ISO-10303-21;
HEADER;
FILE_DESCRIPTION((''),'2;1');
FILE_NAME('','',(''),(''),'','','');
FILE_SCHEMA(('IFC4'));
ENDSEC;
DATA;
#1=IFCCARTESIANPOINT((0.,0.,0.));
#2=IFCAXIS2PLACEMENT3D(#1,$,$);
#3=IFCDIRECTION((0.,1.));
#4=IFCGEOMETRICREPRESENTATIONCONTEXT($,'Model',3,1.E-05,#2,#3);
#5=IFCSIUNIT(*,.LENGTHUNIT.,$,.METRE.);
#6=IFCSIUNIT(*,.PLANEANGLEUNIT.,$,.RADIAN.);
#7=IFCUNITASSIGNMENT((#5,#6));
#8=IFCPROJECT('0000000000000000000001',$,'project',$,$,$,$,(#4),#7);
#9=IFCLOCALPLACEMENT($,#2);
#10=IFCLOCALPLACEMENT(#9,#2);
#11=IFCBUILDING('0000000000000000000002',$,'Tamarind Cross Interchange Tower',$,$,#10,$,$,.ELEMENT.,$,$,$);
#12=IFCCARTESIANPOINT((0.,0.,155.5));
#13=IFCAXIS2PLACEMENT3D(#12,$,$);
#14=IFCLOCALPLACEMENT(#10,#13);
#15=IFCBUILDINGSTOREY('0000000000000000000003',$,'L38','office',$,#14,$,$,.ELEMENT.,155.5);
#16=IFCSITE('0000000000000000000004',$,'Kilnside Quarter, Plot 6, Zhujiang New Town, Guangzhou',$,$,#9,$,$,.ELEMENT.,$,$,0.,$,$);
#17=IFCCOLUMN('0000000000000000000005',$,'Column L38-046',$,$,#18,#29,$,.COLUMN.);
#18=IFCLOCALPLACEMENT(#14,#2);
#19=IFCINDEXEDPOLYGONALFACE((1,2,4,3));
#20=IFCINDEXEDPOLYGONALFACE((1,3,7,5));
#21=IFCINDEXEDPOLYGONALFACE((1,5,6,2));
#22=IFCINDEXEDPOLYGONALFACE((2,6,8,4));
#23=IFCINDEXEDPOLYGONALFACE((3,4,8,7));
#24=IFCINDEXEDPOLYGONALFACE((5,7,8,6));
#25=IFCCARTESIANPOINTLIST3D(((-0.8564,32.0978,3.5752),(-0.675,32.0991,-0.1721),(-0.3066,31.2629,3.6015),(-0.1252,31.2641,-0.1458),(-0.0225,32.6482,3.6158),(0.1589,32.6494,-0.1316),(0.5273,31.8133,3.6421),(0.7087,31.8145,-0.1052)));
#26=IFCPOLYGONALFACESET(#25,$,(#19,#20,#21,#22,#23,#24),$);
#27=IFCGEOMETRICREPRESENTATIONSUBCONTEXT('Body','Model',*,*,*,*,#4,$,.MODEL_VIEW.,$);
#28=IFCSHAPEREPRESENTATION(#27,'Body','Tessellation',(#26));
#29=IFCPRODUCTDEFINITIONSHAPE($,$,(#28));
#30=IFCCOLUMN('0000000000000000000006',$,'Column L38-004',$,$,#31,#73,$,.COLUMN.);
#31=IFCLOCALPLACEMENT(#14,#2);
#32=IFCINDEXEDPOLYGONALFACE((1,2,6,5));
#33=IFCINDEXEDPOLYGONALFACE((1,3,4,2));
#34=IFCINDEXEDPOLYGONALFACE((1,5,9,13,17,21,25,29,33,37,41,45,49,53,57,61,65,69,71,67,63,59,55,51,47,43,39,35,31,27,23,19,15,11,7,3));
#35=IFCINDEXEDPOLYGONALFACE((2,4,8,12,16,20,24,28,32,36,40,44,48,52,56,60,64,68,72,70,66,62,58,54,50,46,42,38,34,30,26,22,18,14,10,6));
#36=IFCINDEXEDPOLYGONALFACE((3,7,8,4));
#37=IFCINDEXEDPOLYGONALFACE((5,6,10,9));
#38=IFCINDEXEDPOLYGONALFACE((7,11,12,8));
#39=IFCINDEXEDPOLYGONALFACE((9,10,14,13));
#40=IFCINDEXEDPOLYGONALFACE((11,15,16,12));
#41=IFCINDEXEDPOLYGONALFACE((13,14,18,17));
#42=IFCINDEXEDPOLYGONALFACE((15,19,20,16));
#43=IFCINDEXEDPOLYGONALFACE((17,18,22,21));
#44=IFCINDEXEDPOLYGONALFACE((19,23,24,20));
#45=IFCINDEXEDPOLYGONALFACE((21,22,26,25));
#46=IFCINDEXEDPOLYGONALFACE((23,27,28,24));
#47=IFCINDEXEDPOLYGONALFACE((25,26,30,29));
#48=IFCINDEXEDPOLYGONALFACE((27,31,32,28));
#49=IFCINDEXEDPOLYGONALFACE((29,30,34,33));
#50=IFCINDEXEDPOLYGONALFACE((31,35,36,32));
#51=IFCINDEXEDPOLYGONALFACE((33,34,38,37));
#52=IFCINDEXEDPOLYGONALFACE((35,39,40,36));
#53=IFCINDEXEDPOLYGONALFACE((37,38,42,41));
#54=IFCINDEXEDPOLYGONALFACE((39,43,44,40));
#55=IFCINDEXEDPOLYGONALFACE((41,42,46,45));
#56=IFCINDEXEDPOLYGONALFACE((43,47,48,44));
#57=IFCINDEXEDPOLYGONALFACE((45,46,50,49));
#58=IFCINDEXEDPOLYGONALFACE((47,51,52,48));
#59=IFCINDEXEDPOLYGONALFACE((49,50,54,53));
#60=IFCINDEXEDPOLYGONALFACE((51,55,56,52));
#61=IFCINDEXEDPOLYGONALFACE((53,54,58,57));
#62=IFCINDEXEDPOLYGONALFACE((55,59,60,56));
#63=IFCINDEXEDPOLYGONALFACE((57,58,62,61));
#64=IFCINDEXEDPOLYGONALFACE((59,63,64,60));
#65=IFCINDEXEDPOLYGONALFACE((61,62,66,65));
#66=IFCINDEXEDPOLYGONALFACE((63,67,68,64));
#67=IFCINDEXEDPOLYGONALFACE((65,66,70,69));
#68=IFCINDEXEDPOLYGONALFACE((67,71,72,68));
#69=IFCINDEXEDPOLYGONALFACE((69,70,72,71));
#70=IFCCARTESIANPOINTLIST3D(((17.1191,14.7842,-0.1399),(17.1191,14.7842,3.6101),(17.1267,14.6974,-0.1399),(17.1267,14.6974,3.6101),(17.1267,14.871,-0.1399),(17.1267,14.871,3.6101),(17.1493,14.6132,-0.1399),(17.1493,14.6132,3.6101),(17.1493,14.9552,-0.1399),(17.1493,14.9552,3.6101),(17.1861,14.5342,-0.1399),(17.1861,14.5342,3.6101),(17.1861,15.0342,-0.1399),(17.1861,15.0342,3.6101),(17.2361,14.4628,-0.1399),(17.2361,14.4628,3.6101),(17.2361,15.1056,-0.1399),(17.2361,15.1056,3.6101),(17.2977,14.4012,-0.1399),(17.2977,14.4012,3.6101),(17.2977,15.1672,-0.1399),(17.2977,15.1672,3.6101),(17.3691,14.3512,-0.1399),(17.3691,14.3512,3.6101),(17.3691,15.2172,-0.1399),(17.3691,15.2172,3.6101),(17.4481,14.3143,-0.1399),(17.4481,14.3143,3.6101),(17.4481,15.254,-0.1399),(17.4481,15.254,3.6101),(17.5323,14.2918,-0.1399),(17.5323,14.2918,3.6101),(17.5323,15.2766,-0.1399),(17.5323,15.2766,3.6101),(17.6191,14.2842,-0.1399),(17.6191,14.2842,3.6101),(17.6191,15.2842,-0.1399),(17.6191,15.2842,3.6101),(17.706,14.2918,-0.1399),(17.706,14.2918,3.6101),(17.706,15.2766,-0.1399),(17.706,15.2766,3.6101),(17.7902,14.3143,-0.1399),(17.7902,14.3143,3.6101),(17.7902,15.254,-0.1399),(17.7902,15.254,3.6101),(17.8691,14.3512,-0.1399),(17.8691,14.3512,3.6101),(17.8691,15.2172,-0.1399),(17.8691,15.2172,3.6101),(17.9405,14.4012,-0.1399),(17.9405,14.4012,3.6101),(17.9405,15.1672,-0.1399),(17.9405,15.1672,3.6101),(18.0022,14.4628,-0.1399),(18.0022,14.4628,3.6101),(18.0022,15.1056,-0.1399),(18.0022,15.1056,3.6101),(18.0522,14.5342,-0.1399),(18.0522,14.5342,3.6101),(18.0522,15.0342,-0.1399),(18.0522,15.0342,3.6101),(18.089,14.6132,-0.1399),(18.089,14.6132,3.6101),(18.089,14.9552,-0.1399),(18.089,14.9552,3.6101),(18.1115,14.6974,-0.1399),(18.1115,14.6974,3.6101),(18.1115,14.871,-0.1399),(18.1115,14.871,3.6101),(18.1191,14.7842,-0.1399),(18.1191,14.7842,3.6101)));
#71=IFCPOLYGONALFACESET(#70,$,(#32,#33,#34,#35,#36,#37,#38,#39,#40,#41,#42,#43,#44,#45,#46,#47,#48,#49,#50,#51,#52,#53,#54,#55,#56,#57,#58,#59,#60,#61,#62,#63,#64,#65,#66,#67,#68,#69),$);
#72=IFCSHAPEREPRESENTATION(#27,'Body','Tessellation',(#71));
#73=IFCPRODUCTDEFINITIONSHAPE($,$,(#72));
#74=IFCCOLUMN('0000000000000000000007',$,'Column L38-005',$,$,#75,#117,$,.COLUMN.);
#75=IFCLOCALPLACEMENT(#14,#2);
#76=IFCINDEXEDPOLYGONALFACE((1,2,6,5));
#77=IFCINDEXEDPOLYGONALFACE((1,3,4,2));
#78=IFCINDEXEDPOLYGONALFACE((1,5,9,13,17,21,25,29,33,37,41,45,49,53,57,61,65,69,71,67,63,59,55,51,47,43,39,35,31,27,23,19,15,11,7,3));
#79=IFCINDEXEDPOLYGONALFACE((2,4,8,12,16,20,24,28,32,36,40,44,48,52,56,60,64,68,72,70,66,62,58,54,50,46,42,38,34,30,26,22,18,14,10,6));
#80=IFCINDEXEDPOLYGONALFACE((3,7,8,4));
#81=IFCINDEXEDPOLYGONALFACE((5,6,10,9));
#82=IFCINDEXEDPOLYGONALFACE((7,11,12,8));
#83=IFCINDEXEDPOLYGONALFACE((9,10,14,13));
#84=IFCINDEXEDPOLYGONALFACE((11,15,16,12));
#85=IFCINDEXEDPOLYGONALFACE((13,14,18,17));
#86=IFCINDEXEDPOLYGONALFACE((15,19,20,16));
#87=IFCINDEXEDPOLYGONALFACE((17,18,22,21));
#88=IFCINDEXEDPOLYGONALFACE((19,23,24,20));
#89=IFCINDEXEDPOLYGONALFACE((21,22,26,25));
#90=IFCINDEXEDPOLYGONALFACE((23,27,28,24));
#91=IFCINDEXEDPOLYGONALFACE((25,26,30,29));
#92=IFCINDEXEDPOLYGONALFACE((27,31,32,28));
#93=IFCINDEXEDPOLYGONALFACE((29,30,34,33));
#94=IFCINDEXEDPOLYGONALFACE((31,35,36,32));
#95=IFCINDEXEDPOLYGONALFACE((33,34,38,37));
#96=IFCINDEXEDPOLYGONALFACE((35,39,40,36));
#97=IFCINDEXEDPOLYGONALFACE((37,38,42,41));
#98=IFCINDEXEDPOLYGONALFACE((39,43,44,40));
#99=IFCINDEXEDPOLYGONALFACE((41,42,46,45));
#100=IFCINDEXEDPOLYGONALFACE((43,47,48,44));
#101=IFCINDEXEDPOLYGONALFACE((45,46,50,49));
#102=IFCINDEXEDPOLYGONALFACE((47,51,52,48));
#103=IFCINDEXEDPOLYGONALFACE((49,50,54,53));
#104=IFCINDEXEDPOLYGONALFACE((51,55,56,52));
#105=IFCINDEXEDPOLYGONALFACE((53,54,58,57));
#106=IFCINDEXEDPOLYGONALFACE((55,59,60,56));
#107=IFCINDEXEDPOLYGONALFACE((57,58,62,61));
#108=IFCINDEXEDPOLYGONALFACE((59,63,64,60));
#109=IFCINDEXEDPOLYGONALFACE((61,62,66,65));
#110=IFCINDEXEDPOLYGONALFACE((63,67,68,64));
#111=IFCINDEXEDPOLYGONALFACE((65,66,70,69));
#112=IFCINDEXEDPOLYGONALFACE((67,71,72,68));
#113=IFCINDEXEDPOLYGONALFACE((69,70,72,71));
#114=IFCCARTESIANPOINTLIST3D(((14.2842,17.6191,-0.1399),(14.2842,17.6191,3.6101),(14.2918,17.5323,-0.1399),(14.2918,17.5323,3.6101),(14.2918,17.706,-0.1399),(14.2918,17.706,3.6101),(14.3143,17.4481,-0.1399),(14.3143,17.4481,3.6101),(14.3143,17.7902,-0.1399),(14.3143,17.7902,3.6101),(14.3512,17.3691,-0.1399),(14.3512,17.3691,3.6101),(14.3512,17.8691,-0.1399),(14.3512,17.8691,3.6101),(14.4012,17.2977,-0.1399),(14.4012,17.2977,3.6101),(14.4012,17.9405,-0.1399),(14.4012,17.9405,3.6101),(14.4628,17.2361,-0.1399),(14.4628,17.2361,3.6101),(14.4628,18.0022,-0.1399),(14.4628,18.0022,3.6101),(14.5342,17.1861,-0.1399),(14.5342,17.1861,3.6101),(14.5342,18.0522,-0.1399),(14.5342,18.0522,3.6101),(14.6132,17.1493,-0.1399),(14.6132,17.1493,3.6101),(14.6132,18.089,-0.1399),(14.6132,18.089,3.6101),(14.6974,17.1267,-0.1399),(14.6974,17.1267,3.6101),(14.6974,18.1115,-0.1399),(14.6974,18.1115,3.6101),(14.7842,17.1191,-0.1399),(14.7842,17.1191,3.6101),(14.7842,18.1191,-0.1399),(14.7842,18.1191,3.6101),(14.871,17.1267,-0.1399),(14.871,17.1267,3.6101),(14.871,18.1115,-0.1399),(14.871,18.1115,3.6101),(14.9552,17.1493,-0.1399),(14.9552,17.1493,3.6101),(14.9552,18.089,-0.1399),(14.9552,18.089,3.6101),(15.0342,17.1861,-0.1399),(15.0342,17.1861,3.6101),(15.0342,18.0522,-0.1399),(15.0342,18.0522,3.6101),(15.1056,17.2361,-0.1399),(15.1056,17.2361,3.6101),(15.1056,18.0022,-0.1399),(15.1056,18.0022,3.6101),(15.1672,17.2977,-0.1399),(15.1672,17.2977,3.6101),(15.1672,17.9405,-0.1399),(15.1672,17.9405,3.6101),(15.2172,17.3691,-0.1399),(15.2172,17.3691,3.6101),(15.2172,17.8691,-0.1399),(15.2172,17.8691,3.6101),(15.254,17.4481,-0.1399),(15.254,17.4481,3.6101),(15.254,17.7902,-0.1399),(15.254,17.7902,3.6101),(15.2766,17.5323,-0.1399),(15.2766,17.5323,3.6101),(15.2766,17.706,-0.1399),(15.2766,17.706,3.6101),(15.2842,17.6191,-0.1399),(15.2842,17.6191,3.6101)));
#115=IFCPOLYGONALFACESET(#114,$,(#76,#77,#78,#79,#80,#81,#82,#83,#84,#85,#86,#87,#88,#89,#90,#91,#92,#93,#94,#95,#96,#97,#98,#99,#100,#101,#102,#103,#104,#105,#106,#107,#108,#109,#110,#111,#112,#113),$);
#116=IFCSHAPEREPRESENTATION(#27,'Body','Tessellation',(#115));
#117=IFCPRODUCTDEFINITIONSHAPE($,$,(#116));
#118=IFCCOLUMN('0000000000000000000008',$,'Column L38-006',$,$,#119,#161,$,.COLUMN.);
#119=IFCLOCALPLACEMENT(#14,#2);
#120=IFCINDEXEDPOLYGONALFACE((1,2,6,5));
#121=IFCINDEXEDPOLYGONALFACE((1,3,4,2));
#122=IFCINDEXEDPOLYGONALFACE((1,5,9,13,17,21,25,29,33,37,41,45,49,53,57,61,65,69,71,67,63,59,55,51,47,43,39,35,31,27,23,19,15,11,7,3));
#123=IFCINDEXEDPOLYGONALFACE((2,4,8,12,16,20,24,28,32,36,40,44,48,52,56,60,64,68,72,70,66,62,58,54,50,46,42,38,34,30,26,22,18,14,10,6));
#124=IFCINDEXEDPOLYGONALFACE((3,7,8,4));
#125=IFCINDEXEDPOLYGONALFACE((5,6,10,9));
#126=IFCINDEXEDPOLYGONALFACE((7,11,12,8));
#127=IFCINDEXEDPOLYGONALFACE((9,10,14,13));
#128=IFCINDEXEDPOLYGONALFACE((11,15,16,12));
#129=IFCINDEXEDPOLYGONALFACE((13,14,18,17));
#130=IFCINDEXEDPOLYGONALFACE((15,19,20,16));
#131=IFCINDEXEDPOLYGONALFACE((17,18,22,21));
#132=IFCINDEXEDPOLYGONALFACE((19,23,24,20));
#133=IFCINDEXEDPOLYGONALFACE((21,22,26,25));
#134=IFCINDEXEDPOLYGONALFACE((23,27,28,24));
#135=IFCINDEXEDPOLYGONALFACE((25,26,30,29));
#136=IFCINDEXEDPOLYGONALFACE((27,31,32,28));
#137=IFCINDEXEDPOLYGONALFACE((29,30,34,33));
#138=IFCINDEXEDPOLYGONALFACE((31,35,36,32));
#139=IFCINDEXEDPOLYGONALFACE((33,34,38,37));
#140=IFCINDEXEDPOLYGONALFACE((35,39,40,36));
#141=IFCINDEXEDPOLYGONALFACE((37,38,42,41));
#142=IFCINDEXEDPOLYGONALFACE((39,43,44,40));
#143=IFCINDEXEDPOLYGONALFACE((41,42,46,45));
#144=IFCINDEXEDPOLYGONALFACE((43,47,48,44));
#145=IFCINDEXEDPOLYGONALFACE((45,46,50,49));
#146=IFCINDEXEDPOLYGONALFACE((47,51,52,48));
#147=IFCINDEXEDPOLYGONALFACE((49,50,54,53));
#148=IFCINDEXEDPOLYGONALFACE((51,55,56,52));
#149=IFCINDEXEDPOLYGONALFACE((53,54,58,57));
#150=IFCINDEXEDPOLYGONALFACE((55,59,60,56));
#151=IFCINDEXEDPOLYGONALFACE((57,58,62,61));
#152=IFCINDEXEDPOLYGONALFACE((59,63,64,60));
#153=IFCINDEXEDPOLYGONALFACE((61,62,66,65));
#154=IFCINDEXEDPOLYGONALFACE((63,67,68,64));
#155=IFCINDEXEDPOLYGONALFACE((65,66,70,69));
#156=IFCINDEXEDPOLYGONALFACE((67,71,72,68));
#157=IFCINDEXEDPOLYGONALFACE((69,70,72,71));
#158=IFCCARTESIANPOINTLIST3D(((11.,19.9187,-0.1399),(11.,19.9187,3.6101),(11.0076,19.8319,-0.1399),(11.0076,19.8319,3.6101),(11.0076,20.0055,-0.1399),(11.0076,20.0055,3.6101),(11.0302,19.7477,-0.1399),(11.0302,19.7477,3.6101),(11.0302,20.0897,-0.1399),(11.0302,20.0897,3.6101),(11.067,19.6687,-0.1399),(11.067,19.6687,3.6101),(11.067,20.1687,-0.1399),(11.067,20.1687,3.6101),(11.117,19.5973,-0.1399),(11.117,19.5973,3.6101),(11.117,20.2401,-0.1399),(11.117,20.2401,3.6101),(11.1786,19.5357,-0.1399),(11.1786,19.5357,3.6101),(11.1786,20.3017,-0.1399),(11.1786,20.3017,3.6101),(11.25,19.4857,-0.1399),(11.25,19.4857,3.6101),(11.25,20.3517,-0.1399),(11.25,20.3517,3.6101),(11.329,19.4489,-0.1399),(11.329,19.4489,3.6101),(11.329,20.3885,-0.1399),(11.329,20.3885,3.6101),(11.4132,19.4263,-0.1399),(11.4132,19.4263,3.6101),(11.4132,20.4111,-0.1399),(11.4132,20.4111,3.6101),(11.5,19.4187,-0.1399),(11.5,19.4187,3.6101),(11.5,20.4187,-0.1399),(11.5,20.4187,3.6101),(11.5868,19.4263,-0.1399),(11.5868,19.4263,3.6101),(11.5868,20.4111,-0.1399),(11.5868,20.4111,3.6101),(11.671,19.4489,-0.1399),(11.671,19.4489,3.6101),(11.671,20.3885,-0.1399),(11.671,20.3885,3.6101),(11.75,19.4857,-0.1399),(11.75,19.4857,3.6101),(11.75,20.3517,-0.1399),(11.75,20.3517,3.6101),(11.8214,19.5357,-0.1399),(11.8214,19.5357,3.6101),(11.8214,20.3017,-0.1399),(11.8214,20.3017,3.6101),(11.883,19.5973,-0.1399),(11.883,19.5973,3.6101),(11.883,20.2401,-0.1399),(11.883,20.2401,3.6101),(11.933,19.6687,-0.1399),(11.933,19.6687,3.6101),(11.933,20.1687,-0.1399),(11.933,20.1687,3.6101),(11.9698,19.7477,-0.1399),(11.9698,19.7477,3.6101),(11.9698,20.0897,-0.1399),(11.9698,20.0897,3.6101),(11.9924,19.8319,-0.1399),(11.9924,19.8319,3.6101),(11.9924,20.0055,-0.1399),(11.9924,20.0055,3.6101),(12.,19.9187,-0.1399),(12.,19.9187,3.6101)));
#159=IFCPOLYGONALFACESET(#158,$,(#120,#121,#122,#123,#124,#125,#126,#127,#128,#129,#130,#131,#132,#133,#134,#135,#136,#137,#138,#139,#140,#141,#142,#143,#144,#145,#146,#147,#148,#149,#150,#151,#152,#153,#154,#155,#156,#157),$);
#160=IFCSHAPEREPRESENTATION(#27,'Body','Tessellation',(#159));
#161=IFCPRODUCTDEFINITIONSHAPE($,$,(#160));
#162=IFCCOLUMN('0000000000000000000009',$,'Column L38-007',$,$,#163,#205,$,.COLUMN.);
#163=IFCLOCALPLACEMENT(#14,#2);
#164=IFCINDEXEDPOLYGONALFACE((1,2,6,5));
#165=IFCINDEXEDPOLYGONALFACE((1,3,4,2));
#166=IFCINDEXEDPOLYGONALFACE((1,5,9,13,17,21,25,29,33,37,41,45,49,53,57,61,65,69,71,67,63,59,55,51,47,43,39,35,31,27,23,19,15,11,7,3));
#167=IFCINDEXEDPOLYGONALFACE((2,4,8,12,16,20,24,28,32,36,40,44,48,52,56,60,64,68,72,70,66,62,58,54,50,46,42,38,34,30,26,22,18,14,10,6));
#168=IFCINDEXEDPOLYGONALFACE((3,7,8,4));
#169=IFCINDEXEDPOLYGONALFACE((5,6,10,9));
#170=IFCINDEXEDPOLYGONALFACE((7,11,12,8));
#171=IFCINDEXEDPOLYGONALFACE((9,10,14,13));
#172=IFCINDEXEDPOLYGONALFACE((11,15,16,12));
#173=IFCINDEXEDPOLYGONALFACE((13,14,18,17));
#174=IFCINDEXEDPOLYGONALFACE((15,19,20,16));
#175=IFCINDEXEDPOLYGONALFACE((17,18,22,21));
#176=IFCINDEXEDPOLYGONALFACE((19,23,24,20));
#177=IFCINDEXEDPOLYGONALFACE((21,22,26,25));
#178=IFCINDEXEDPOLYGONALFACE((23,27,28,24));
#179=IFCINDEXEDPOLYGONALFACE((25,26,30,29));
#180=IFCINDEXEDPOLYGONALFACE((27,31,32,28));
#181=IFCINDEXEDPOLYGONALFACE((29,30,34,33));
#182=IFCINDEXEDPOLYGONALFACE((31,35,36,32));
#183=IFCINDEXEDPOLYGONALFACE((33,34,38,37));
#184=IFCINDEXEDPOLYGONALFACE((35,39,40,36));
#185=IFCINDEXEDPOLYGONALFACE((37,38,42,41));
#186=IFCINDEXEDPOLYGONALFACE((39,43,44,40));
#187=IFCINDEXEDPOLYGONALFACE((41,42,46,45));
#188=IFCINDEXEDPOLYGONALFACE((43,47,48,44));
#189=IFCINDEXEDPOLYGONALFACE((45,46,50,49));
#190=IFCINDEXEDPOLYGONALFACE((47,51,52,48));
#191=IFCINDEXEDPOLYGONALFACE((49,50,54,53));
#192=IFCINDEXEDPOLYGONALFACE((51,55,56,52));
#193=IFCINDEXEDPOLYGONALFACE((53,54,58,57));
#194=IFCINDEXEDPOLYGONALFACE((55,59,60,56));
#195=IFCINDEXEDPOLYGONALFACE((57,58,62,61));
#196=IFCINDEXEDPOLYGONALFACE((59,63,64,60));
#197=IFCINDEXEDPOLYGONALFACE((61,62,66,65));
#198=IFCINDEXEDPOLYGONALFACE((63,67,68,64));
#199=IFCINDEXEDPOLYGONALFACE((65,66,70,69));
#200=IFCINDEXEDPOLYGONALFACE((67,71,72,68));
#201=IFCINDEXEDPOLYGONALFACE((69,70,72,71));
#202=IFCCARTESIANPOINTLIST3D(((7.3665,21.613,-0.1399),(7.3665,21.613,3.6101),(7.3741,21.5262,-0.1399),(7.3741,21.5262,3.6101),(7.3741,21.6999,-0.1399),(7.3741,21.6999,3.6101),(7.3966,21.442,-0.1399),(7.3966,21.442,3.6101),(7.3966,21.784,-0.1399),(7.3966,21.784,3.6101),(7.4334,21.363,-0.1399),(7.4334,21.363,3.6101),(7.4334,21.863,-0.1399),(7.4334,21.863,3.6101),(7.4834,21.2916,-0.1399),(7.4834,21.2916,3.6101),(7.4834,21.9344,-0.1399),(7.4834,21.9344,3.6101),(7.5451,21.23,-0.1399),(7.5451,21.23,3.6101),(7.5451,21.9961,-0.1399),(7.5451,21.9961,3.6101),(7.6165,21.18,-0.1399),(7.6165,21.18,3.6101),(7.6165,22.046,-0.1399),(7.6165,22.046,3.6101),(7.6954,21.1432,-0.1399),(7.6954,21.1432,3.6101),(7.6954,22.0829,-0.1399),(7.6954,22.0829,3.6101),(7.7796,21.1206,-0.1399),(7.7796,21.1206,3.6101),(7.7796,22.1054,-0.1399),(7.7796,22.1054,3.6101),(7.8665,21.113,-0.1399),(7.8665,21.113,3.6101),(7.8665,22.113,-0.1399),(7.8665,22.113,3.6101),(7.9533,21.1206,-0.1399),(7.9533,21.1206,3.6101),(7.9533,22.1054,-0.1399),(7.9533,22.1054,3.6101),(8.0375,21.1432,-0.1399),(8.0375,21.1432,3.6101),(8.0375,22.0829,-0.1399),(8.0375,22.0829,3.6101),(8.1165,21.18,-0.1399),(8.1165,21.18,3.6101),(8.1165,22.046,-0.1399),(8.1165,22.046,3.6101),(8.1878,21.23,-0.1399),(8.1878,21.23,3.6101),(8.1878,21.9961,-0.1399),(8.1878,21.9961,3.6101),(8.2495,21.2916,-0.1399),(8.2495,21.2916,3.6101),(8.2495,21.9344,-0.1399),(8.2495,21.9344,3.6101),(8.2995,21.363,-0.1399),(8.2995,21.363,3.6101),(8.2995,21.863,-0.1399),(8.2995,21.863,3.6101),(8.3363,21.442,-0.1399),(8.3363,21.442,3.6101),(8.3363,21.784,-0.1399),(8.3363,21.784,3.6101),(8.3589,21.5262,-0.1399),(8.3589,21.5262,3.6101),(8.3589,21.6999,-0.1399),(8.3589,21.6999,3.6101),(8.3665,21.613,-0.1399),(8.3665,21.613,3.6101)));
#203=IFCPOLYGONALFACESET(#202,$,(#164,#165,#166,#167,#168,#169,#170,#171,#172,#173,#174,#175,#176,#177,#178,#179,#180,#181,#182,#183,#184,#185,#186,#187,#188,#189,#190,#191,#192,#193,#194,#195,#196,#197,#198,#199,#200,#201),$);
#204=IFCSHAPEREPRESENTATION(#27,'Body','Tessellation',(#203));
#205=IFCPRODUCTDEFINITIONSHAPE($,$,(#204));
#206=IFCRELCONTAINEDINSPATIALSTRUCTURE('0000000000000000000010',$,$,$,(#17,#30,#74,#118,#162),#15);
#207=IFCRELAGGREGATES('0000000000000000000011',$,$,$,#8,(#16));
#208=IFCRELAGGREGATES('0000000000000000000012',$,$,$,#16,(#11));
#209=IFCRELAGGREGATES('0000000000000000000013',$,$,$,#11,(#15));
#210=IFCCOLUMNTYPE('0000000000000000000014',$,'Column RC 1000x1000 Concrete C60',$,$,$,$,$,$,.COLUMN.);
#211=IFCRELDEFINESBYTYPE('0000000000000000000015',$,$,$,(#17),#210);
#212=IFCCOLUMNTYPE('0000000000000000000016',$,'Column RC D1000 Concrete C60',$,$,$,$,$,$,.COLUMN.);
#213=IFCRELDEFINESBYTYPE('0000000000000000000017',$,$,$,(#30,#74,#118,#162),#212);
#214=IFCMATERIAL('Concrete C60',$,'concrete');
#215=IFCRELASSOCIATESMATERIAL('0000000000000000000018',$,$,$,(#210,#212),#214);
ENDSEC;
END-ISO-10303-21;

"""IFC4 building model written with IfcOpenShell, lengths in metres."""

from ifc_helpers import new_model, si_unit, direction, frame, origin, origin_2d, place, context, subcontext, project, spatial, rectangle, circle, extrude, material, material_profile, profile_set, type_object, element, save


model = new_model("IFC4")

# Units and contexts
model_context = context("Model", 3, precision=1e-05, world=origin(), true_north=direction((0.0, 1.0)))
body_context = subcontext(model_context, "Body", "Model", "MODEL_VIEW")
ifc_project = project(units=[si_unit("LENGTHUNIT", "METRE"), si_unit("PLANEANGLEUNIT", "RADIAN")], contexts=[model_context])

# Site, building, storey
site_placement = place(None, origin())
site = spatial("IfcSite", under=ifc_project, at=site_placement, Name="Kilnside Quarter, Plot 6, Zhujiang New Town, Guangzhou", CompositionType="ELEMENT", RefElevation=0.0)
building_placement = place(site_placement, origin())
building = spatial("IfcBuilding", under=site, at=building_placement, Name="Tamarind Cross Interchange Tower", CompositionType="ELEMENT")
storey_placement = place(building_placement, frame((0.0, 0.0, 155.5)))
storey = spatial("IfcBuildingStorey", under=building, at=storey_placement, Name="L38", Description="office", CompositionType="ELEMENT", Elevation=155.5)

# Columns
ifc_material_1 = material(Name="Concrete C60", Category="concrete")
ifc_material_profile_1 = material_profile(ifc_material_1, rectangle(XDim=1.0, YDim=1.0, at=origin_2d()), Name="RC 1000x1000")
ifc_profile_set_1 = profile_set([ifc_material_profile_1], Name="Concrete C60")
column_type_1 = type_object("IfcColumnType", Name="Column RC 1000x1000 Concrete C60", PredefinedType="COLUMN", material=ifc_profile_set_1)
column_placement = place(storey_placement, frame((0.0168, 31.9568, -0.1387), z_axis=(-0.04835, -0.000325, 0.99883), x_axis=(0.549751, -0.834913, 0.02634)))
element("IfcColumn", 1, at=column_placement, inside=storey, type_object=column_type_1, Name="Column L38-046", PredefinedType="COLUMN", context=body_context, shape_type="SweptSolid", body=[
    extrude(rectangle(XDim=1.0, YDim=1.0, at=origin_2d()), origin(), (0.0, 0.0, 1.0), 3.7517),
])
ifc_material_profile_2 = material_profile(ifc_material_1, circle(Radius=0.5, at=origin_2d()), Name="RC D1000")
ifc_profile_set_2 = profile_set([ifc_material_profile_2], Name="Concrete C60")
column_type_2 = type_object("IfcColumnType", Name="Column RC D1000 Concrete C60", PredefinedType="COLUMN", material=ifc_profile_set_2)
for number, where, z_axis, x_axis, name in (
    (2, (17.6191, 14.7842, -0.1399), (0.0, 0.0, 1.0), (1.0, 0.0, 0.0), "Column L38-004"),
    (3, (14.7842, 17.6191, -0.1399), (0.0, 0.0, 1.0), (1.0, 0.0, 0.0), "Column L38-005"),
    (4, (11.5, 19.9187, -0.1399), (0.0, 0.0, 1.0), (1.0, 0.0, 0.0), "Column L38-006"),
    (5, (7.8665, 21.613, -0.1399), (0.0, 0.0, 1.0), (1.0, 0.0, 0.0), "Column L38-007"),
):
    element("IfcColumn", number, at=place(storey_placement, frame(where, z_axis=z_axis, x_axis=x_axis)), inside=storey, type_object=column_type_2, Name=name, PredefinedType="COLUMN", context=body_context, shape_type="SweptSolid", body=[
        extrude(circle(Radius=0.5, at=origin_2d()), origin(), (0.0, 0.0, 1.0), 3.75),
    ])

save(model, "model.ifc")
